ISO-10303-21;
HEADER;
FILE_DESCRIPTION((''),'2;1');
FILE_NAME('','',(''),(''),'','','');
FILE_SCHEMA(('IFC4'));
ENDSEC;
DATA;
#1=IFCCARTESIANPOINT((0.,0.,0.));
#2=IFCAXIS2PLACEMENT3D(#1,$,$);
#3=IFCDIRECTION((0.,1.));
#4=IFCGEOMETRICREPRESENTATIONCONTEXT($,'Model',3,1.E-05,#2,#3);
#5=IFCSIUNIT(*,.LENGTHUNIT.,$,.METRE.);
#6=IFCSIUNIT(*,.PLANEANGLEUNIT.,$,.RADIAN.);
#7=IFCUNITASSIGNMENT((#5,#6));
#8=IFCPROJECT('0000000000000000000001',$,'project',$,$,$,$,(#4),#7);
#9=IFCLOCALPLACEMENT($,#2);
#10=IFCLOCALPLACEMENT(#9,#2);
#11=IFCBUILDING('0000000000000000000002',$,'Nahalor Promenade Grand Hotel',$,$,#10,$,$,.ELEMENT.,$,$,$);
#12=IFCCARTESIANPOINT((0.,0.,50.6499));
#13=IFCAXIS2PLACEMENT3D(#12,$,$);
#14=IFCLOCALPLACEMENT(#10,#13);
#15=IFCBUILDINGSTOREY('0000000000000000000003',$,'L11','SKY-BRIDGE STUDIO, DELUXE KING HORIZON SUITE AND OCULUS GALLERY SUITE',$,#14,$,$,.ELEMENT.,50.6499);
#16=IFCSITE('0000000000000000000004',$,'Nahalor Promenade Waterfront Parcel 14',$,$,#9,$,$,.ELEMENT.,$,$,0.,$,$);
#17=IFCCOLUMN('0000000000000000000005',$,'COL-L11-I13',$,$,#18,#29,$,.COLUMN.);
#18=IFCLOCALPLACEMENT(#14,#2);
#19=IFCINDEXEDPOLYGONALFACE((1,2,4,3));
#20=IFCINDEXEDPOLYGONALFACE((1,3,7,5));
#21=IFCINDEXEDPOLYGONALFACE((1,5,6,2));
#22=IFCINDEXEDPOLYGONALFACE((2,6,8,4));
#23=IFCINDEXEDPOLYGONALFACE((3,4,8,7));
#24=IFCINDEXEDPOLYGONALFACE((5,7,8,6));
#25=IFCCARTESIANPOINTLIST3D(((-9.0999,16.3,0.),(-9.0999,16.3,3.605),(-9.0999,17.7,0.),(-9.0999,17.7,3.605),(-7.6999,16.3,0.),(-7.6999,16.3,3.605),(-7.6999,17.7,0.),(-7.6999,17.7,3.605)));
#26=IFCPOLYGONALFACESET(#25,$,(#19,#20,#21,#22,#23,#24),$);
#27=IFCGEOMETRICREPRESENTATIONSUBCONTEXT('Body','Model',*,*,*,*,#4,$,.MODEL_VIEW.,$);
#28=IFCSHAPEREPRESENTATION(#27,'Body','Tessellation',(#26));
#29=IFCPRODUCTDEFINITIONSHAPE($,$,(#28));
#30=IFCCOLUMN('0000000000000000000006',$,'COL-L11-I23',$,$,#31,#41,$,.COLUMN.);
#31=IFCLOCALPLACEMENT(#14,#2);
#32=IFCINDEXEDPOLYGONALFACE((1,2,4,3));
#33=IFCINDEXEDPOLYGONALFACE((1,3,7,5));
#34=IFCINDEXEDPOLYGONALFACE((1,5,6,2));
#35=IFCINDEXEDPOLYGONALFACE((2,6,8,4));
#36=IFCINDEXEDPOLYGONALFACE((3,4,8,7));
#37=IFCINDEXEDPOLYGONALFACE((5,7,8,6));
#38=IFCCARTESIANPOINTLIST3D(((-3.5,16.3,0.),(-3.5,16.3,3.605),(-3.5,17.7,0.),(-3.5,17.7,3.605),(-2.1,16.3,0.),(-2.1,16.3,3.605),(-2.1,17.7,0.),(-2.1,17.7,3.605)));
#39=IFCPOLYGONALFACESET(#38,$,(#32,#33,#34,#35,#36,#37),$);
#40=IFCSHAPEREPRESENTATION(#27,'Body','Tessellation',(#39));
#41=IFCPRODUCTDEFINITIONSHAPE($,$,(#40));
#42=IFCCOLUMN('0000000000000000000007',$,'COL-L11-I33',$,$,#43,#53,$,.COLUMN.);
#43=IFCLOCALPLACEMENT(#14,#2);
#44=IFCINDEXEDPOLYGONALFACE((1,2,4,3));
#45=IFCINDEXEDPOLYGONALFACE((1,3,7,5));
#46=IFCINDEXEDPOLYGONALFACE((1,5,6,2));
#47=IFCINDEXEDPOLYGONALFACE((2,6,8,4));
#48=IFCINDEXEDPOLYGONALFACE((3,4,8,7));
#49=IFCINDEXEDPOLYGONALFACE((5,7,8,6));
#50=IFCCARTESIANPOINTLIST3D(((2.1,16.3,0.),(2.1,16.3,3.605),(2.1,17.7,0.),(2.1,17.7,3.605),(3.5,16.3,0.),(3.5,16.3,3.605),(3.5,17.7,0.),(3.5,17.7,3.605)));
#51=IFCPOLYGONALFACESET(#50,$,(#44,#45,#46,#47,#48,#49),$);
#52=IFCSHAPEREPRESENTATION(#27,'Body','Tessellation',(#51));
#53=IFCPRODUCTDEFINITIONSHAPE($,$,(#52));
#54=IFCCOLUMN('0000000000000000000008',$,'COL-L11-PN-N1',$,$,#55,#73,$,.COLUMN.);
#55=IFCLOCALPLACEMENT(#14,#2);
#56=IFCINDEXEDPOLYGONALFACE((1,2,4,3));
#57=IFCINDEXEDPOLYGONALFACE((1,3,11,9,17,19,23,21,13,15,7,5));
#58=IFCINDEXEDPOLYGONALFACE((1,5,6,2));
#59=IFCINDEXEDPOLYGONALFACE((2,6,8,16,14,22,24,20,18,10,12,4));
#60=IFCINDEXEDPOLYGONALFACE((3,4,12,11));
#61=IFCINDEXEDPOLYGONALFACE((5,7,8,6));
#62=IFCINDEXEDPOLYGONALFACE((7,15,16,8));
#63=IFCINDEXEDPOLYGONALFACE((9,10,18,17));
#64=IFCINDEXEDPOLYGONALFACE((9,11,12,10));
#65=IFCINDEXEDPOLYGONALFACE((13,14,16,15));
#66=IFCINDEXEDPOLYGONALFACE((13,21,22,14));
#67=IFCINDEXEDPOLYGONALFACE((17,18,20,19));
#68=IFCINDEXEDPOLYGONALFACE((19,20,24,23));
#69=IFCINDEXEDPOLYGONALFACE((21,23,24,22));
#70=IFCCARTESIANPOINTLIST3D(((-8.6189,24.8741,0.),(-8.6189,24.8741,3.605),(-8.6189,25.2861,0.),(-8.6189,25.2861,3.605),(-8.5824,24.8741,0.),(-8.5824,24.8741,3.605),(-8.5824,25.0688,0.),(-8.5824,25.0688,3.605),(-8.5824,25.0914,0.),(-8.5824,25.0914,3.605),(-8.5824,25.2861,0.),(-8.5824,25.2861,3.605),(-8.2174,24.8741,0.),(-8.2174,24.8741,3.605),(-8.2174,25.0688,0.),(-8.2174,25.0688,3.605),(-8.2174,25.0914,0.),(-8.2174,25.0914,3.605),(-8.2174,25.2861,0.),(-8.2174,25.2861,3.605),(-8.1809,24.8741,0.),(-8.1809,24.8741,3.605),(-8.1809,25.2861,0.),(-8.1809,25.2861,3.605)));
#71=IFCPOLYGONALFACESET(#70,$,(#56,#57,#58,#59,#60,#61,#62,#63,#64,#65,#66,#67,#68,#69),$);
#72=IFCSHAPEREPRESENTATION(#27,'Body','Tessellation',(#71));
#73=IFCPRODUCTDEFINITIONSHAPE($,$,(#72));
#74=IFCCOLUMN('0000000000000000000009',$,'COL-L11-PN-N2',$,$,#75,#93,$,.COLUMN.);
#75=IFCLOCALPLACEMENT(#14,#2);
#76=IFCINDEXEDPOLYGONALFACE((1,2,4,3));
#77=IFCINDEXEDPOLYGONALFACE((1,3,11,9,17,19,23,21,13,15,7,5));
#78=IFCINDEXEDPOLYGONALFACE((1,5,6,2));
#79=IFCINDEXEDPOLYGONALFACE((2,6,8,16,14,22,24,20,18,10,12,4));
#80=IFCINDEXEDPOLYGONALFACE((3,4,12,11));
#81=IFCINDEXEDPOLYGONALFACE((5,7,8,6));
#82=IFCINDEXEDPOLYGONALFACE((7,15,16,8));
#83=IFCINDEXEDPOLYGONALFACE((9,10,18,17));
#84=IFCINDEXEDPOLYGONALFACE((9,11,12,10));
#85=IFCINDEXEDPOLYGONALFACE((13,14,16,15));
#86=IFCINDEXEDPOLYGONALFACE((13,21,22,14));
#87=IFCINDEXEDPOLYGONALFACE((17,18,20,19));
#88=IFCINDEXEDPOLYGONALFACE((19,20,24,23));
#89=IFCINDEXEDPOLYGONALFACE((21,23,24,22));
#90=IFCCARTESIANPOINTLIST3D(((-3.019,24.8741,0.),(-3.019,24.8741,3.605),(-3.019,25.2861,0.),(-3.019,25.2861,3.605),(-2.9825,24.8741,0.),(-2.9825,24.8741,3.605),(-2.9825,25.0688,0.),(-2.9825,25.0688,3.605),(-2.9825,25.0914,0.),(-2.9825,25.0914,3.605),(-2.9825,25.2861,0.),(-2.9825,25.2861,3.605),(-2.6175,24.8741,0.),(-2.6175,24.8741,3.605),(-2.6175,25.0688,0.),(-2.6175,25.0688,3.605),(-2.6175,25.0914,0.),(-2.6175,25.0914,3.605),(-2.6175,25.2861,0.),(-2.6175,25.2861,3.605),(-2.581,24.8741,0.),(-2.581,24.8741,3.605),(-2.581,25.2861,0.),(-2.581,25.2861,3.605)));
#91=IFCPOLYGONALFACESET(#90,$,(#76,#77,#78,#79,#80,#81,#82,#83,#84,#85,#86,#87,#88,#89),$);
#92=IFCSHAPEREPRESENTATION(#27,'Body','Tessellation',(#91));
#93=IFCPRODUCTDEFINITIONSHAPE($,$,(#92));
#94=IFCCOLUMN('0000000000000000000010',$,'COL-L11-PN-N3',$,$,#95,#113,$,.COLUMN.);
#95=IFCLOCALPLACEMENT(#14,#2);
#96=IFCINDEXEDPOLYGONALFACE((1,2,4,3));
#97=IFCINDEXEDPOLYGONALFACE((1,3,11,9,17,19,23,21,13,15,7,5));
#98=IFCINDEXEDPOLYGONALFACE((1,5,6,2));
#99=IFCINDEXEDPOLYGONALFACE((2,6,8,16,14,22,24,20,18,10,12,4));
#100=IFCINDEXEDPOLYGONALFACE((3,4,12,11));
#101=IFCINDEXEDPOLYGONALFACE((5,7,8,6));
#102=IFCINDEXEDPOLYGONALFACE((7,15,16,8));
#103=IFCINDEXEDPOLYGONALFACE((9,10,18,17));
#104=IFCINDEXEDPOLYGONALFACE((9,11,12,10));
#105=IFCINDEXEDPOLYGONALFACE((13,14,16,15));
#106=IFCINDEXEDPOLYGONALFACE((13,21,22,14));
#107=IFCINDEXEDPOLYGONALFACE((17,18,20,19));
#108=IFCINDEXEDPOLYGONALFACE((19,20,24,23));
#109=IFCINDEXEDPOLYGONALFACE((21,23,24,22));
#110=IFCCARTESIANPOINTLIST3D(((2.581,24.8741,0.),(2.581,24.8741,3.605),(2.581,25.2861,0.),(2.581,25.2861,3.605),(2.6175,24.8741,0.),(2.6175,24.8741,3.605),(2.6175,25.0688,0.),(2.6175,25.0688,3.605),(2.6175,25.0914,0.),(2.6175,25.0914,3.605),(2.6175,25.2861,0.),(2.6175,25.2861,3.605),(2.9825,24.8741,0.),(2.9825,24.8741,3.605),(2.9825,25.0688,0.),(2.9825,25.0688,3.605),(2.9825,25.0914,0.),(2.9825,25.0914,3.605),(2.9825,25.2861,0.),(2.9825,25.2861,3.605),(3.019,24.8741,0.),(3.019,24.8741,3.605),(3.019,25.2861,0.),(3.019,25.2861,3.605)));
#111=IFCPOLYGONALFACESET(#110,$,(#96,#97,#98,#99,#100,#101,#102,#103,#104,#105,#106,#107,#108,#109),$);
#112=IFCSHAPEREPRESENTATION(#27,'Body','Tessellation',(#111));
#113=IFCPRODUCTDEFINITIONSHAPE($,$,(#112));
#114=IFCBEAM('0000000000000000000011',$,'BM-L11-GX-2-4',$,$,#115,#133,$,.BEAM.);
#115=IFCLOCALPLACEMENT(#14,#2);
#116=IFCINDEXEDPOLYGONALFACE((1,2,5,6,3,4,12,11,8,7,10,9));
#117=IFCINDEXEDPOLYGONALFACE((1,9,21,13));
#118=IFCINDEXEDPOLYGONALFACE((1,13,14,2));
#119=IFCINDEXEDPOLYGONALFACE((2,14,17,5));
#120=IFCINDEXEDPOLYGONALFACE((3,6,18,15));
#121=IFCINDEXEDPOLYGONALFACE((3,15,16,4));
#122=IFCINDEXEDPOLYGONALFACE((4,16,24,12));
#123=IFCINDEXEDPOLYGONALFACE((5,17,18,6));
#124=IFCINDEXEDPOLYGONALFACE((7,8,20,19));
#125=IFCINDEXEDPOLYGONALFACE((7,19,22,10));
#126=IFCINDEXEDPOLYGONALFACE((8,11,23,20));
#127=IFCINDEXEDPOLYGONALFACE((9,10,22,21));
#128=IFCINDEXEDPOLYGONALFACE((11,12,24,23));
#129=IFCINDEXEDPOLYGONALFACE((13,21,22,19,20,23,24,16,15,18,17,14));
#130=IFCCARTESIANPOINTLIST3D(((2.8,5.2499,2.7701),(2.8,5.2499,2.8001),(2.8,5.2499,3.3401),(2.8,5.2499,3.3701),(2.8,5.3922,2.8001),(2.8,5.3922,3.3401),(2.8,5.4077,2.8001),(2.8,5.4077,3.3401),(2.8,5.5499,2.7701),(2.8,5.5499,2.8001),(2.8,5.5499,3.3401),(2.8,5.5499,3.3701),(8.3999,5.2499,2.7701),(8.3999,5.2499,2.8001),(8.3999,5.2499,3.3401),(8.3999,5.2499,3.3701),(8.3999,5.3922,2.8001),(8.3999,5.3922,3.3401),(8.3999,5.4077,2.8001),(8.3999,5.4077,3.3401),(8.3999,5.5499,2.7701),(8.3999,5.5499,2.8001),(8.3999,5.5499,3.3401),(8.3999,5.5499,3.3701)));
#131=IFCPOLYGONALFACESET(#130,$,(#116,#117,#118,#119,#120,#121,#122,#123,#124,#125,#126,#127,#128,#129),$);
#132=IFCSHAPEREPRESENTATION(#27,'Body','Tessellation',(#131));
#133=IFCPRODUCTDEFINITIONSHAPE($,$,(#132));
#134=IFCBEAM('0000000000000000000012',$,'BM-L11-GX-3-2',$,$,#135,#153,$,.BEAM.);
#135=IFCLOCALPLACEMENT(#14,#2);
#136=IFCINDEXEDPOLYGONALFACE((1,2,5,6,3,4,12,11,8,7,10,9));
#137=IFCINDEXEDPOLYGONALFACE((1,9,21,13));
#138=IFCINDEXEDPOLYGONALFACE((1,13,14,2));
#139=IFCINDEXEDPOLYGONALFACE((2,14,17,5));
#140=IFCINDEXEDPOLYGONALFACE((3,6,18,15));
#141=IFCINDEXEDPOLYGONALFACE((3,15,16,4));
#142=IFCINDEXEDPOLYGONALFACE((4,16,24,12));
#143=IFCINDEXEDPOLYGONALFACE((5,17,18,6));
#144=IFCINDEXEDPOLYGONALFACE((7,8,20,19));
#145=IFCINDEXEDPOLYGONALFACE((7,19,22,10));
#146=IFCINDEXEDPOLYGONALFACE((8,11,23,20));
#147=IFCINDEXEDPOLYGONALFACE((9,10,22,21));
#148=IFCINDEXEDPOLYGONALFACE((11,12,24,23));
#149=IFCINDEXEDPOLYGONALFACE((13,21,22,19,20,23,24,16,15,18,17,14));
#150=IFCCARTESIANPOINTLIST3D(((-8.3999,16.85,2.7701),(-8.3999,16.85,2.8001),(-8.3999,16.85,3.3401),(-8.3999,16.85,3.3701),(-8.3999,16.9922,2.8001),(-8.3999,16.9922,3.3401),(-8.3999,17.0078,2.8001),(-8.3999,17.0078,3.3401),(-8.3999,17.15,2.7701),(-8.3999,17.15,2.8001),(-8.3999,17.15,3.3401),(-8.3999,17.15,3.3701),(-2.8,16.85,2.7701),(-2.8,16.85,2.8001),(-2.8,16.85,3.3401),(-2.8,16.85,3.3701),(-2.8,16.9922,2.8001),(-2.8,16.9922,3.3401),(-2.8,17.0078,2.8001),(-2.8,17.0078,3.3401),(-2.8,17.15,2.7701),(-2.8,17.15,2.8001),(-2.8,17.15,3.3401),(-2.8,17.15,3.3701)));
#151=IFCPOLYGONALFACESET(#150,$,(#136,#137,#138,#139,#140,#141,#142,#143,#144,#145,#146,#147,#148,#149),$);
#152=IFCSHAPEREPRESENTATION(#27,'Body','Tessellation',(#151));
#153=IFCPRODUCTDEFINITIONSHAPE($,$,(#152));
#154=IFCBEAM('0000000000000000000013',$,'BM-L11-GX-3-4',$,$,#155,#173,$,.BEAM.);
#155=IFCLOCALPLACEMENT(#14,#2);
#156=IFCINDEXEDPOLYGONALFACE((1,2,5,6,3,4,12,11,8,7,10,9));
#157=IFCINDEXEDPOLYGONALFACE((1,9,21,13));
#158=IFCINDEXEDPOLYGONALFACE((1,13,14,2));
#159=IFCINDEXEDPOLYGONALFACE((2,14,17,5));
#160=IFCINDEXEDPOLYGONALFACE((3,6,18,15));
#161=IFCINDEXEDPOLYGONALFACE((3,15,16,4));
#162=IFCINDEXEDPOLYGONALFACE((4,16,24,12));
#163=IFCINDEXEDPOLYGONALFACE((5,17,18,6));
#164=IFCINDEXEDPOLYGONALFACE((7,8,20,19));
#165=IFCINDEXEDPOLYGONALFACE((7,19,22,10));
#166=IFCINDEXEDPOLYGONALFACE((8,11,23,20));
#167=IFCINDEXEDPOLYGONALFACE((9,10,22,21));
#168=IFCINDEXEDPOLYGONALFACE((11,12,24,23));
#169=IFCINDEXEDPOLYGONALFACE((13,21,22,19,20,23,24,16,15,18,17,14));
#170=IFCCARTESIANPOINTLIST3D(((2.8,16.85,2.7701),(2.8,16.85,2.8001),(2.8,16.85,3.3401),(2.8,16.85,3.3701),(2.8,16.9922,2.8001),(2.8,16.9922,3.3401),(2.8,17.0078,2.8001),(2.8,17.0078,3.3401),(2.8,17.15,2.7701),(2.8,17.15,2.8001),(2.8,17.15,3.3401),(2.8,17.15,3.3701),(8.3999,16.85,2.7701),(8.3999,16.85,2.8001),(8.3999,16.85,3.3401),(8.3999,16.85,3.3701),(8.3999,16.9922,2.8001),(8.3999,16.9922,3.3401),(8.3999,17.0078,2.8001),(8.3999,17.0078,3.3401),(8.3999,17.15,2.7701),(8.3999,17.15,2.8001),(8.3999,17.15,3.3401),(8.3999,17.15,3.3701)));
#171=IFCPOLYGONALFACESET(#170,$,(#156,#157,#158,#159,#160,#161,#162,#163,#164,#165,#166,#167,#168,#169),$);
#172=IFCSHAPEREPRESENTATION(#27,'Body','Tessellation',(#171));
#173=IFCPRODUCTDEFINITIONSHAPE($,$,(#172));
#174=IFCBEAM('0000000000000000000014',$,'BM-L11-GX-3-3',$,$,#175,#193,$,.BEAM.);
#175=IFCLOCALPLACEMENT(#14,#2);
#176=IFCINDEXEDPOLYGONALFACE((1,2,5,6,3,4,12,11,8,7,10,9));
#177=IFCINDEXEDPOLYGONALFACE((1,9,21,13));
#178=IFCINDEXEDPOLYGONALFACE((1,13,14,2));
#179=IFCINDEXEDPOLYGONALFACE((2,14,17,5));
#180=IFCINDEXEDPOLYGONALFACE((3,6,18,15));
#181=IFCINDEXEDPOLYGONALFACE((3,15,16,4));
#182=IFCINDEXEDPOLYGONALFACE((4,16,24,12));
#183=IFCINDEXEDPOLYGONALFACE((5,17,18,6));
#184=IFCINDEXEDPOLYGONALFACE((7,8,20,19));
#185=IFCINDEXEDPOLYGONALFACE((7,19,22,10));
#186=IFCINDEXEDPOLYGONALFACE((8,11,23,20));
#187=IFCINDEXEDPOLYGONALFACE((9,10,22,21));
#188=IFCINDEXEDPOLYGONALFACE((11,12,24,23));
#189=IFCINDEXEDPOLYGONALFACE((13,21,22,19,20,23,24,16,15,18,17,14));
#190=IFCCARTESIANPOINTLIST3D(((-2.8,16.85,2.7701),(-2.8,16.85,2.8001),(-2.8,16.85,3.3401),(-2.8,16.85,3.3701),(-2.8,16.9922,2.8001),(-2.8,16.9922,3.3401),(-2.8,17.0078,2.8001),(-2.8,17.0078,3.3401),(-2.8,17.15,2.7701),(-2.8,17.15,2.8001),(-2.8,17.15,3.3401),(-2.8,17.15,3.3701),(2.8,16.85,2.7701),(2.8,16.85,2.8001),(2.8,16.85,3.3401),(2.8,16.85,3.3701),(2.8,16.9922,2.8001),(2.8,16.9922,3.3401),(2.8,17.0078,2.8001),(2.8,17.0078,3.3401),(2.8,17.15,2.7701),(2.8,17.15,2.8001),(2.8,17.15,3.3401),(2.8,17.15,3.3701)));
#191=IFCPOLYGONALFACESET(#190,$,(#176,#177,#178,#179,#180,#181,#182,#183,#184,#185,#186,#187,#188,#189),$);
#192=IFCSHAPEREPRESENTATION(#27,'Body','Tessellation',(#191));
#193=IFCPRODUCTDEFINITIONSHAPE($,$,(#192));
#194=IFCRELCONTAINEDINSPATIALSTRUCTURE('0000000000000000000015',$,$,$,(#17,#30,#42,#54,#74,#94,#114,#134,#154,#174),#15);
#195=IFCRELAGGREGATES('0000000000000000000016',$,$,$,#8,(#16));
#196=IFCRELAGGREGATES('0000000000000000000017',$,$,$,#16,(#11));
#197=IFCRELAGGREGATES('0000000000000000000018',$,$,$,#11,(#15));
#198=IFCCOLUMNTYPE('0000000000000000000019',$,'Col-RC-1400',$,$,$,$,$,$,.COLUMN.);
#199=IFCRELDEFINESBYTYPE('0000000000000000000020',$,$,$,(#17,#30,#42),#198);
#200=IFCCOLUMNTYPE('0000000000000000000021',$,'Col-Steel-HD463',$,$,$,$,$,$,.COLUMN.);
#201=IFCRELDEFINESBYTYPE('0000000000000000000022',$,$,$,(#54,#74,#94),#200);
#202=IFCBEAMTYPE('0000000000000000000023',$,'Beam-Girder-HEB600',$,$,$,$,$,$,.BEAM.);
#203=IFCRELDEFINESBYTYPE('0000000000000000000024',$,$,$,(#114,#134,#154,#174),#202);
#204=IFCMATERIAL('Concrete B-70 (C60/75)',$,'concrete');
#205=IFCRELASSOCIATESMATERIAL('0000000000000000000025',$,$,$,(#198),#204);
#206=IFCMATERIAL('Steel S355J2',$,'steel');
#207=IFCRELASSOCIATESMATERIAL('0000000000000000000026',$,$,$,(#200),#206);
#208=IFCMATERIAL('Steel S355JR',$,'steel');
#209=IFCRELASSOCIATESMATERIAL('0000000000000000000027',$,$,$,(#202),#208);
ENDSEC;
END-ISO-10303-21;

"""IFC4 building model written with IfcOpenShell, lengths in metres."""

from ifc_helpers import new_model, si_unit, direction, frame, origin, origin_2d, place, context, subcontext, project, spatial, rectangle, i_section, extrude, source, transform, mapped, material, material_profile, profile_set, type_object, element, save


model = new_model("IFC4")

# Units and contexts
model_context = context("Model", 3, precision=1e-05, world=origin(), true_north=direction((0.0, 1.0)))
body_context = subcontext(model_context, "Body", "Model", "MODEL_VIEW")
ifc_project = project(units=[si_unit("LENGTHUNIT", "METRE"), si_unit("PLANEANGLEUNIT", "RADIAN")], contexts=[model_context])

# Site, building, storey
site_placement = place(None, origin())
site = spatial("IfcSite", under=ifc_project, at=site_placement, Name="Nahalor Promenade Waterfront Parcel 14", CompositionType="ELEMENT", RefElevation=0.0)
building_placement = place(site_placement, origin())
building = spatial("IfcBuilding", under=site, at=building_placement, Name="Nahalor Promenade Grand Hotel", CompositionType="ELEMENT")
storey_placement = place(building_placement, frame((0.0, 0.0, 50.6499)))
storey = spatial("IfcBuildingStorey", under=building, at=storey_placement, Name="L11", Description="SKY-BRIDGE STUDIO, DELUXE KING HORIZON SUITE AND OCULUS GALLERY SUITE", CompositionType="ELEMENT", Elevation=50.6499)

# Columns
ifc_material_1 = material(Name="Concrete B-70 (C60/75)", Category="concrete")
ifc_material_profile_1 = material_profile(ifc_material_1, rectangle(XDim=1.4, YDim=1.4, at=origin_2d()), Name="RC 1400x1400")
ifc_profile_set_1 = profile_set([ifc_material_profile_1], Name="Concrete B-70 (C60/75)")
column_type_1 = type_object("IfcColumnType", Name="Col-RC-1400", PredefinedType="COLUMN", material=ifc_profile_set_1)
shared_shape_1 = source(origin(), body_context, "Body", "SweptSolid", [
    extrude(rectangle(XDim=1.4, YDim=1.4, at=origin_2d()), origin(), (0.0, 0.0, 1.0), 3.605),
])
for number, where, z_axis, x_axis, name in (
    (1, (-8.3999, 17.0, 0.0), (0.0, 0.0, 1.0), (1.0, 0.0, 0.0), "COL-L11-I13"),
    (2, (-2.8, 17.0, 0.0), (0.0, 0.0, 1.0), (1.0, 0.0, 0.0), "COL-L11-I23"),
    (3, (2.8, 17.0, 0.0), (0.0, 0.0, 1.0), (1.0, 0.0, 0.0), "COL-L11-I33"),
):
    element("IfcColumn", number, at=place(storey_placement, frame(where, z_axis=z_axis, x_axis=x_axis)), inside=storey, type_object=column_type_1, Name=name, PredefinedType="COLUMN", context=body_context, shape_type="MappedRepresentation", body=[
        mapped(shared_shape_1, transform((0.0, 0.0, 0.0), scale=1.0)),
    ])
ifc_material_2 = material(Name="Steel S355J2", Category="steel")
ifc_material_profile_2 = material_profile(ifc_material_2, i_section(OverallWidth=0.412, OverallDepth=0.438, WebThickness=0.0226, FlangeThickness=0.0365, at=origin_2d()), Name="HD 400x463")
ifc_profile_set_2 = profile_set([ifc_material_profile_2], Name="Steel S355J2")
column_type_2 = type_object("IfcColumnType", Name="Col-Steel-HD463", PredefinedType="COLUMN", material=ifc_profile_set_2)
shared_shape_2 = source(origin(), body_context, "Body", "SweptSolid", [
    extrude(i_section(OverallWidth=0.412, OverallDepth=0.438, WebThickness=0.0226, FlangeThickness=0.0365, at=origin_2d()), origin(), (0.0, 0.0, 1.0), 3.605),
])
for number, where, z_axis, x_axis, name in (
    (4, (-8.3999, 25.0801, 0.0), (0.0, 0.0, 1.0), (0.0, 1.0, 0.0), "COL-L11-PN-N1"),
    (5, (-2.8, 25.0801, 0.0), (0.0, 0.0, 1.0), (0.0, 1.0, 0.0), "COL-L11-PN-N2"),
    (6, (2.8, 25.0801, 0.0), (0.0, 0.0, 1.0), (0.0, 1.0, 0.0), "COL-L11-PN-N3"),
):
    element("IfcColumn", number, at=place(storey_placement, frame(where, z_axis=z_axis, x_axis=x_axis)), inside=storey, type_object=column_type_2, Name=name, PredefinedType="COLUMN", context=body_context, shape_type="MappedRepresentation", body=[
        mapped(shared_shape_2, transform((0.0, 0.0, 0.0), scale=1.0)),
    ])

# Beams
ifc_material_3 = material(Name="Steel S355JR", Category="steel")
ifc_material_profile_3 = material_profile(ifc_material_3, i_section(OverallWidth=0.3, OverallDepth=0.6, WebThickness=0.0155, FlangeThickness=0.03, at=origin_2d()), Name="HEB 600")
ifc_profile_set_3 = profile_set([ifc_material_profile_3], Name="Steel S355JR")
beam_type_1 = type_object("IfcBeamType", Name="Beam-Girder-HEB600", PredefinedType="BEAM", material=ifc_profile_set_3)
shared_shape_3 = source(origin(), body_context, "Body", "SweptSolid", [
    extrude(i_section(OverallWidth=0.3, OverallDepth=0.6, WebThickness=0.0155, FlangeThickness=0.03, at=origin_2d()), origin(), (0.0, 0.0, 1.0), 5.5999),
])
for number, where, z_axis, x_axis, name in (
    (7, (2.8, 5.3999, 3.0701), (1.0, 0.0, 0.0), (0.0, 1.0, 0.0), "BM-L11-GX-2-4"),
    (8, (-8.3999, 17.0, 3.0701), (1.0, 0.0, 0.0), (0.0, 1.0, 0.0), "BM-L11-GX-3-2"),
    (9, (2.8, 17.0, 3.0701), (1.0, 0.0, 0.0), (0.0, 1.0, 0.0), "BM-L11-GX-3-4"),
):
    element("IfcBeam", number, at=place(storey_placement, frame(where, z_axis=z_axis, x_axis=x_axis)), inside=storey, type_object=beam_type_1, Name=name, PredefinedType="BEAM", context=body_context, shape_type="MappedRepresentation", body=[
        mapped(shared_shape_3, transform((0.0, 0.0, 0.0), scale=1.0)),
    ])
shared_shape_4 = source(origin(), body_context, "Body", "SweptSolid", [
    extrude(i_section(OverallWidth=0.3, OverallDepth=0.6, WebThickness=0.0155, FlangeThickness=0.03, at=origin_2d()), origin(), (0.0, 0.0, 1.0), 5.6001),
])
beam_1_placement = place(storey_placement, frame((-2.8, 17.0, 3.0701), z_axis=(1.0, 0.0, 0.0), x_axis=(0.0, 1.0, 0.0)))
element("IfcBeam", 10, at=beam_1_placement, inside=storey, type_object=beam_type_1, Name="BM-L11-GX-3-3", PredefinedType="BEAM", context=body_context, shape_type="MappedRepresentation", body=[
    mapped(shared_shape_4, transform((0.0, 0.0, 0.0), scale=1.0)),
])

save(model, "model.ifc")
